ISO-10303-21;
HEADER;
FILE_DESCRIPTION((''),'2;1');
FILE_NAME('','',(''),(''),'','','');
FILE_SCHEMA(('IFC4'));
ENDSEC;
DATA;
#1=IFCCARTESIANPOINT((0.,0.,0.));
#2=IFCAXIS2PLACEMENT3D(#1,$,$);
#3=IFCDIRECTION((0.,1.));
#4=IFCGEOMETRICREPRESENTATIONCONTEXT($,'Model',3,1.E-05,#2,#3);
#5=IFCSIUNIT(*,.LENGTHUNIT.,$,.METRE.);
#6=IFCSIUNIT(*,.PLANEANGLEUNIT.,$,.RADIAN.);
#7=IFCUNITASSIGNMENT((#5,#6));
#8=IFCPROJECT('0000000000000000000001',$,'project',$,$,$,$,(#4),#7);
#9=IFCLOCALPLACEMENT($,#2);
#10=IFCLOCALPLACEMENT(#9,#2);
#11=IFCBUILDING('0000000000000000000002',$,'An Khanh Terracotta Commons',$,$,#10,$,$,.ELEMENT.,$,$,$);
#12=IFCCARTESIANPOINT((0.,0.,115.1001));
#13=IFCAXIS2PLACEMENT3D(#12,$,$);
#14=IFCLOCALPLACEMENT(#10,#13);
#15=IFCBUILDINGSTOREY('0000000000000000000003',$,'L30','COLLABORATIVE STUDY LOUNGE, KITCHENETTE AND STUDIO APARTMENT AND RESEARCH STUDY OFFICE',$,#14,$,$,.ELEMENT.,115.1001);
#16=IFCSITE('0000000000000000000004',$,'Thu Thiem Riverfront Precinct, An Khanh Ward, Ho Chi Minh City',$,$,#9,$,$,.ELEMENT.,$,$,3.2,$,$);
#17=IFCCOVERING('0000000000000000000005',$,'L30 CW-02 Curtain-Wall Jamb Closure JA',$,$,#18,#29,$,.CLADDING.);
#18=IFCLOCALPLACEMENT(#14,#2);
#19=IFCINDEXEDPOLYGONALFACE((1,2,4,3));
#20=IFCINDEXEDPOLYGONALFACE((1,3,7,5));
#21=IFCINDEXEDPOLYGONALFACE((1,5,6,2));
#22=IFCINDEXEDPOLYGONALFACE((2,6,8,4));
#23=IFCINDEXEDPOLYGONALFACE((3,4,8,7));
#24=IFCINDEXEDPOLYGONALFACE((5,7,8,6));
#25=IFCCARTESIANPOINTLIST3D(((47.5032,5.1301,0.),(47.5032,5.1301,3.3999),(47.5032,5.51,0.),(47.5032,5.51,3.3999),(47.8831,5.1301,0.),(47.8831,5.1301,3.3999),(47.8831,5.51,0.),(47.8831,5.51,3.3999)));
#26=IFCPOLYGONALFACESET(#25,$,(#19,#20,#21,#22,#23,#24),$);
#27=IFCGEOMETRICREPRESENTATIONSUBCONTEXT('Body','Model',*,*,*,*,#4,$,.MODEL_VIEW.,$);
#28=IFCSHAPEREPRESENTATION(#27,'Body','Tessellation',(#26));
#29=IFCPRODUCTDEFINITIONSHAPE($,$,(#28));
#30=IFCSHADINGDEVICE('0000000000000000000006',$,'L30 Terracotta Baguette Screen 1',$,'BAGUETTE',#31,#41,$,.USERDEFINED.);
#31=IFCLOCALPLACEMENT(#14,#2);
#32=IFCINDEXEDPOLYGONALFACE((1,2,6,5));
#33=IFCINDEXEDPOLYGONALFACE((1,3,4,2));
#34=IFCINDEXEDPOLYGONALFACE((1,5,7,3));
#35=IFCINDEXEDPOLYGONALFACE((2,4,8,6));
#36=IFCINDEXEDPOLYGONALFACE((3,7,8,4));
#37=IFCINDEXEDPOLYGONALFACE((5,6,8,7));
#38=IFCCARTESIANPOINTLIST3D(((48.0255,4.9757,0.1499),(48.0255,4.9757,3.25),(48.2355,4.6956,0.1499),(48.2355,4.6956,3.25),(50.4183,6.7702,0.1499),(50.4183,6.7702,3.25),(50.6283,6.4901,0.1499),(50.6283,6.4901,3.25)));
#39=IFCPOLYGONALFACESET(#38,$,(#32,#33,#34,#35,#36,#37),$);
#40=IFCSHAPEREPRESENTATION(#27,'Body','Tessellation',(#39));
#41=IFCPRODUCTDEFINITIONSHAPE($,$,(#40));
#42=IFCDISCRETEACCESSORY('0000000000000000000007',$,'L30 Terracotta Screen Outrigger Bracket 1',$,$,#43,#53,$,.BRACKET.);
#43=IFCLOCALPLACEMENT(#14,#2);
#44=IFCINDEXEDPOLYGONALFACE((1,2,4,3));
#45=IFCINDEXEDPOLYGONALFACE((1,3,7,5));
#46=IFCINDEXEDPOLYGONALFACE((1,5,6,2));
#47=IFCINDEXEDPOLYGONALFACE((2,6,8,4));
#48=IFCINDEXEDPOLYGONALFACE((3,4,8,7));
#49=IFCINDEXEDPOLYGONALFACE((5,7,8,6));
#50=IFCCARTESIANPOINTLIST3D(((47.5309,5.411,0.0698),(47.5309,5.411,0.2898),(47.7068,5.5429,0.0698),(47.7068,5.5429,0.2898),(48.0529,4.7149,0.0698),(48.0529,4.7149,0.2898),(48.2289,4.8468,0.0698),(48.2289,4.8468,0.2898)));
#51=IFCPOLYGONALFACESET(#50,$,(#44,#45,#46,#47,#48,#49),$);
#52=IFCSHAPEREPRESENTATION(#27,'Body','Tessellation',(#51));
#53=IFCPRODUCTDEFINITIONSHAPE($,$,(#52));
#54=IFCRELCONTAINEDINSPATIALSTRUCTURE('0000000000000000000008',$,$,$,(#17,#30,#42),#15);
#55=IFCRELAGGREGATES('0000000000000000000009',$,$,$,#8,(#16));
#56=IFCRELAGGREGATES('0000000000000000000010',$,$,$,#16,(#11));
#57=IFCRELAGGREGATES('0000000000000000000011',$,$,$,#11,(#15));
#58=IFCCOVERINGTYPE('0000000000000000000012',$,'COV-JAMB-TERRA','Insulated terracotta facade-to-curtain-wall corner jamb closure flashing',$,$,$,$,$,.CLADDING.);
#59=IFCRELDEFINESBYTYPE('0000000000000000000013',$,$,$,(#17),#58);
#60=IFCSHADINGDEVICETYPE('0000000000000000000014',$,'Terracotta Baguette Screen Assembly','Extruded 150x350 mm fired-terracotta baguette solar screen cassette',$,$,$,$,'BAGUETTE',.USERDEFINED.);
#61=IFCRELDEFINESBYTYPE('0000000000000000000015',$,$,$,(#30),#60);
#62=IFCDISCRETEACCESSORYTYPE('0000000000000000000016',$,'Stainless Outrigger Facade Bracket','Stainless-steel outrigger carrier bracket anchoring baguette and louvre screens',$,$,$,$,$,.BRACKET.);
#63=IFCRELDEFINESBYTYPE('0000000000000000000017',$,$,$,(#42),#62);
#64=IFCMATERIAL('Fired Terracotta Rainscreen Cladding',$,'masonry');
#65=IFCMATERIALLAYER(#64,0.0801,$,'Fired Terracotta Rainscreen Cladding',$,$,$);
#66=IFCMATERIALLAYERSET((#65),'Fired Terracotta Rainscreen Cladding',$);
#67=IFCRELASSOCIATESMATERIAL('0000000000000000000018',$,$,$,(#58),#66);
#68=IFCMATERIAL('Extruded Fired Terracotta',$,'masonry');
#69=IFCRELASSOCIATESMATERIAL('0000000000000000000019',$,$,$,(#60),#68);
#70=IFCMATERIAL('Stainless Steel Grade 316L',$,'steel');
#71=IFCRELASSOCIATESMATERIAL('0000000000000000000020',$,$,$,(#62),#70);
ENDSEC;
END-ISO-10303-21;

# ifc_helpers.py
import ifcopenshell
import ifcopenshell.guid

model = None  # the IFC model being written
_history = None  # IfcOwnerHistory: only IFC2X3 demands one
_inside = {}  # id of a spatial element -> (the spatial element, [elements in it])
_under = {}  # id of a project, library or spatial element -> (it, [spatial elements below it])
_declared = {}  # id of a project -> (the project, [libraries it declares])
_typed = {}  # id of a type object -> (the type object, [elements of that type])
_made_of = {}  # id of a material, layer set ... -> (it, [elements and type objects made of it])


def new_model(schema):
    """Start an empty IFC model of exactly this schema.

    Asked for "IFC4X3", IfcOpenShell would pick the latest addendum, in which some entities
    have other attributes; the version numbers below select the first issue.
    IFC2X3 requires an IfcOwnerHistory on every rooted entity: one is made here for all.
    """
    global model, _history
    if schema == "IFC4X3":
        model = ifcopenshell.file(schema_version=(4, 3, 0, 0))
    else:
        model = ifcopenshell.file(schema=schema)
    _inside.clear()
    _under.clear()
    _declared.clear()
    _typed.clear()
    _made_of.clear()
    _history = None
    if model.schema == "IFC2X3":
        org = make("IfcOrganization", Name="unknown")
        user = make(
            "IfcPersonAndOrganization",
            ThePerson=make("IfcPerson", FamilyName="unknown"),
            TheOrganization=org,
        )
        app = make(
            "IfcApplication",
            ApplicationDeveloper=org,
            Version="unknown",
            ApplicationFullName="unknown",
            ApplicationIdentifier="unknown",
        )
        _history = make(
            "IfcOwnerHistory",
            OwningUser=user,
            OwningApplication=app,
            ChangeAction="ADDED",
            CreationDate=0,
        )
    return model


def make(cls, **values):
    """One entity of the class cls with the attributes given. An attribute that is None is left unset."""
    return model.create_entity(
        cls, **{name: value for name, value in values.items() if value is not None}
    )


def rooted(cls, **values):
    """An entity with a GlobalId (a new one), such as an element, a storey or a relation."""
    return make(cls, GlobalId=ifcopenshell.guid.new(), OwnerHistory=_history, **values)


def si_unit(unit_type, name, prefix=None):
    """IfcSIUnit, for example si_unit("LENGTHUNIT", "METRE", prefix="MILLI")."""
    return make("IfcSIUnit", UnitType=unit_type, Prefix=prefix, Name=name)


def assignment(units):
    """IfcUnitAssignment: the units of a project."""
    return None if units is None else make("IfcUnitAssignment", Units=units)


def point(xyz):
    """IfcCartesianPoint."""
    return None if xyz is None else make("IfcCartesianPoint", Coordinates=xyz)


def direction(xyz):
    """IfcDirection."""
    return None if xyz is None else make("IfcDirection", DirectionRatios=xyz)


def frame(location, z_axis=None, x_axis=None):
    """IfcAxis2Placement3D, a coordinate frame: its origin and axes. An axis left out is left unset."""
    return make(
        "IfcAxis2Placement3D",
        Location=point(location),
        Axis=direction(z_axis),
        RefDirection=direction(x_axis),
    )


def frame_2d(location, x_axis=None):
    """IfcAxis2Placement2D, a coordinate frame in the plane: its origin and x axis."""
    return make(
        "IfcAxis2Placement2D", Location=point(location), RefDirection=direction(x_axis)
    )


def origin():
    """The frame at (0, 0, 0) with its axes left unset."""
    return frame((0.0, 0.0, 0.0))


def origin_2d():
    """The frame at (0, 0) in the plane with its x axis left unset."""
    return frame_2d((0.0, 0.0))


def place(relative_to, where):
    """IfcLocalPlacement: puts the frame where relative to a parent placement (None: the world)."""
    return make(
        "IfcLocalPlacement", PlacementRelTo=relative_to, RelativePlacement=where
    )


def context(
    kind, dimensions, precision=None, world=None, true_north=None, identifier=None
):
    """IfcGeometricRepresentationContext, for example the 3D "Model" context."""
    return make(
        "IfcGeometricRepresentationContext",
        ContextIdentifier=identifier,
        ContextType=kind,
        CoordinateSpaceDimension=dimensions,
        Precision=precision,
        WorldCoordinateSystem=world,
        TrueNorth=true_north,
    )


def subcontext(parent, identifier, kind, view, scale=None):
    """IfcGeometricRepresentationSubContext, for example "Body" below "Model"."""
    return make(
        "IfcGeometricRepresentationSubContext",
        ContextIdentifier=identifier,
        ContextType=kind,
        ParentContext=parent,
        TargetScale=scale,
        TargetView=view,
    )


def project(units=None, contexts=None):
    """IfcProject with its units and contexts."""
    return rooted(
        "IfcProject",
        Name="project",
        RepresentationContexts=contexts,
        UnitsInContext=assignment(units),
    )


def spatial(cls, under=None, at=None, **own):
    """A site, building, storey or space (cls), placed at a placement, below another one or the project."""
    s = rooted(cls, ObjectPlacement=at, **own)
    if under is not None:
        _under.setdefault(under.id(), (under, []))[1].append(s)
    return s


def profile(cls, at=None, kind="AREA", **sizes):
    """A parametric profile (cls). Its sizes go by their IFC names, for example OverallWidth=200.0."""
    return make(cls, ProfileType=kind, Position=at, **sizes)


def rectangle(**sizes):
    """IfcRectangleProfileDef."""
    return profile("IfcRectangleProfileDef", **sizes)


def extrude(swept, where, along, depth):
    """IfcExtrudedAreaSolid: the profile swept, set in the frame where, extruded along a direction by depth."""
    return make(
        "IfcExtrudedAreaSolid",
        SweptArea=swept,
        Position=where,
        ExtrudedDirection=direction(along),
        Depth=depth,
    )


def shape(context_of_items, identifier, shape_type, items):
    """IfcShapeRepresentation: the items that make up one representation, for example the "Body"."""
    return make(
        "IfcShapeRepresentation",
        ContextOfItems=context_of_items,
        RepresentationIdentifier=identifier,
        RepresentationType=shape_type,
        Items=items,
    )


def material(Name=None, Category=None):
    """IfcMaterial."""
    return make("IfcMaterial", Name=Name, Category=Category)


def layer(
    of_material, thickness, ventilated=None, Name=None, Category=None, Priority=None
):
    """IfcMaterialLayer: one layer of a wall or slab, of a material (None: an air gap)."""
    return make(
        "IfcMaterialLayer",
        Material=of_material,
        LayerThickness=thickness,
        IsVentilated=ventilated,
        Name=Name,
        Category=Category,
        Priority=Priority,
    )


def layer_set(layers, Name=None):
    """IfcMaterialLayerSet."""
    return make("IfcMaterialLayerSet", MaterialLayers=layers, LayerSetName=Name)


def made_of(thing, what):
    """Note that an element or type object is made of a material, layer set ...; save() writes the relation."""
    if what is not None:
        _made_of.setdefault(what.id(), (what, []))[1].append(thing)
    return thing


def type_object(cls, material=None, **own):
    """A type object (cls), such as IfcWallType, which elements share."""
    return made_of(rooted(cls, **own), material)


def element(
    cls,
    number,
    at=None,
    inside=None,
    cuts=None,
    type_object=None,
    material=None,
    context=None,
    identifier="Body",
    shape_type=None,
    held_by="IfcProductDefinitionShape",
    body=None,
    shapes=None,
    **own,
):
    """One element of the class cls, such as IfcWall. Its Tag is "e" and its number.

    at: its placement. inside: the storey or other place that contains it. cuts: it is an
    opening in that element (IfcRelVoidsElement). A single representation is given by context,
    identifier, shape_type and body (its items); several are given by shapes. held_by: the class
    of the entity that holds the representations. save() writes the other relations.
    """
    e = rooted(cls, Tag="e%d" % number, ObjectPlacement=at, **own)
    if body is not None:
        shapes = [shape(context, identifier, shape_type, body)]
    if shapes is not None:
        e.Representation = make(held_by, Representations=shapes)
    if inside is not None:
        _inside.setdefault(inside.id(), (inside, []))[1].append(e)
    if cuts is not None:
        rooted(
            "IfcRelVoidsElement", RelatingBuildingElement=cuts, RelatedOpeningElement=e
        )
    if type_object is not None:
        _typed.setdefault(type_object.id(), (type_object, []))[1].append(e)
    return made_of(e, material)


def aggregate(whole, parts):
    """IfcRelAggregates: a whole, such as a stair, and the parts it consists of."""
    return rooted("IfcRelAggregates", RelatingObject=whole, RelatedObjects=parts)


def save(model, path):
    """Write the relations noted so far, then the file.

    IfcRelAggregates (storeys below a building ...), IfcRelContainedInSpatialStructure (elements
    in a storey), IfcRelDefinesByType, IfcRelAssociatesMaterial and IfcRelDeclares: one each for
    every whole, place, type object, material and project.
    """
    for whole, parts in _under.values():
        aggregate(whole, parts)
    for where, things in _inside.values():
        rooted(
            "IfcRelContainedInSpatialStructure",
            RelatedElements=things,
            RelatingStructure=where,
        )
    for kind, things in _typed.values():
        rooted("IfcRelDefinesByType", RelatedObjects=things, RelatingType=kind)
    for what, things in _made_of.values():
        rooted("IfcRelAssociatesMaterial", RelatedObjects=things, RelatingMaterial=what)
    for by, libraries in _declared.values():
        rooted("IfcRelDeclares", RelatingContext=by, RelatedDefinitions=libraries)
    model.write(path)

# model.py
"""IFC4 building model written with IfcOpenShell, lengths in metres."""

from ifc_helpers import new_model, si_unit, direction, frame, origin, origin_2d, place, context, subcontext, project, spatial, rectangle, extrude, material, layer, layer_set, type_object, element, save


model = new_model("IFC4")

# Units and contexts
model_context = context("Model", 3, precision=1e-05, world=origin(), true_north=direction((0.0, 1.0)))
body_context = subcontext(model_context, "Body", "Model", "MODEL_VIEW")
ifc_project = project(units=[si_unit("LENGTHUNIT", "METRE"), si_unit("PLANEANGLEUNIT", "RADIAN")], contexts=[model_context])

# Site, building, storey
site_placement = place(None, origin())
site = spatial("IfcSite", under=ifc_project, at=site_placement, Name="Thu Thiem Riverfront Precinct, An Khanh Ward, Ho Chi Minh City", CompositionType="ELEMENT", RefElevation=3.2)
building_placement = place(site_placement, origin())
building = spatial("IfcBuilding", under=site, at=building_placement, Name="An Khanh Terracotta Commons", CompositionType="ELEMENT")
storey_placement = place(building_placement, frame((0.0, 0.0, 115.1001)))
storey = spatial("IfcBuildingStorey", under=building, at=storey_placement, Name="L30", Description="COLLABORATIVE STUDY LOUNGE, KITCHENETTE AND STUDIO APARTMENT AND RESEARCH STUDY OFFICE", CompositionType="ELEMENT", Elevation=115.1001)

# Covering
ifc_material_1 = material(Name="Fired Terracotta Rainscreen Cladding", Category="masonry")
ifc_layer_1 = layer(ifc_material_1, 0.0801, Name="Fired Terracotta Rainscreen Cladding")
ifc_layer_set_1 = layer_set([ifc_layer_1], Name="Fired Terracotta Rainscreen Cladding")
covering_type = type_object("IfcCoveringType", Name="COV-JAMB-TERRA", Description="Insulated terracotta facade-to-curtain-wall corner jamb closure flashing", PredefinedType="CLADDING", material=ifc_layer_set_1)
covering_placement = place(storey_placement, frame((47.6931, 5.3201, 0.0), z_axis=(0.0, 0.0, 1.0), x_axis=(1.0, 0.0, 0.0)))
element("IfcCovering", 1, at=covering_placement, inside=storey, type_object=covering_type, Name="L30 CW-02 Curtain-Wall Jamb Closure JA", PredefinedType="CLADDING", context=body_context, shape_type="SweptSolid", body=[
    extrude(rectangle(XDim=0.3799, YDim=0.3799, at=origin_2d()), origin(), (0.0, 0.0, 1.0), 3.3999),
])

# Shading device
ifc_material_2 = material(Name="Extruded Fired Terracotta", Category="masonry")
shading_device_type = type_object("IfcShadingDeviceType", Name="Terracotta Baguette Screen Assembly", Description="Extruded 150x350 mm fired-terracotta baguette solar screen cassette", ElementType="BAGUETTE", PredefinedType="USERDEFINED", material=ifc_material_2)
shading_device_placement = place(storey_placement, frame((49.3269, 5.7329, 0.1499), z_axis=(0.0, 0.0, 1.0), x_axis=(0.800013, 0.599983, 0.0)))
element("IfcShadingDevice", 2, at=shading_device_placement, inside=storey, type_object=shading_device_type, Name="L30 Terracotta Baguette Screen 1", ObjectType="BAGUETTE", PredefinedType="USERDEFINED", context=body_context, shape_type="SweptSolid", body=[
    extrude(rectangle(XDim=2.991, YDim=0.3501, at=origin_2d()), origin(), (0.0, 0.0, 1.0), 3.1001),
])

# Discrete accessory
ifc_material_3 = material(Name="Stainless Steel Grade 316L", Category="steel")
discrete_accessory_type = type_object("IfcDiscreteAccessoryType", Name="Stainless Outrigger Facade Bracket", Description="Stainless-steel outrigger carrier bracket anchoring baguette and louvre screens", PredefinedType="BRACKET", material=ifc_material_3)
discrete_accessory_placement = place(storey_placement, frame((47.8799, 5.1289, 0.0698), z_axis=(0.0, 0.0, 1.0), x_axis=(0.800013, 0.599983, 0.0)))
element("IfcDiscreteAccessory", 3, at=discrete_accessory_placement, inside=storey, type_object=discrete_accessory_type, Name="L30 Terracotta Screen Outrigger Bracket 1", PredefinedType="BRACKET", context=body_context, shape_type="SweptSolid", body=[
    extrude(rectangle(XDim=0.22, YDim=0.8701, at=origin_2d()), origin(), (0.0, 0.0, 1.0), 0.22),
])

save(model, "model.ifc")
